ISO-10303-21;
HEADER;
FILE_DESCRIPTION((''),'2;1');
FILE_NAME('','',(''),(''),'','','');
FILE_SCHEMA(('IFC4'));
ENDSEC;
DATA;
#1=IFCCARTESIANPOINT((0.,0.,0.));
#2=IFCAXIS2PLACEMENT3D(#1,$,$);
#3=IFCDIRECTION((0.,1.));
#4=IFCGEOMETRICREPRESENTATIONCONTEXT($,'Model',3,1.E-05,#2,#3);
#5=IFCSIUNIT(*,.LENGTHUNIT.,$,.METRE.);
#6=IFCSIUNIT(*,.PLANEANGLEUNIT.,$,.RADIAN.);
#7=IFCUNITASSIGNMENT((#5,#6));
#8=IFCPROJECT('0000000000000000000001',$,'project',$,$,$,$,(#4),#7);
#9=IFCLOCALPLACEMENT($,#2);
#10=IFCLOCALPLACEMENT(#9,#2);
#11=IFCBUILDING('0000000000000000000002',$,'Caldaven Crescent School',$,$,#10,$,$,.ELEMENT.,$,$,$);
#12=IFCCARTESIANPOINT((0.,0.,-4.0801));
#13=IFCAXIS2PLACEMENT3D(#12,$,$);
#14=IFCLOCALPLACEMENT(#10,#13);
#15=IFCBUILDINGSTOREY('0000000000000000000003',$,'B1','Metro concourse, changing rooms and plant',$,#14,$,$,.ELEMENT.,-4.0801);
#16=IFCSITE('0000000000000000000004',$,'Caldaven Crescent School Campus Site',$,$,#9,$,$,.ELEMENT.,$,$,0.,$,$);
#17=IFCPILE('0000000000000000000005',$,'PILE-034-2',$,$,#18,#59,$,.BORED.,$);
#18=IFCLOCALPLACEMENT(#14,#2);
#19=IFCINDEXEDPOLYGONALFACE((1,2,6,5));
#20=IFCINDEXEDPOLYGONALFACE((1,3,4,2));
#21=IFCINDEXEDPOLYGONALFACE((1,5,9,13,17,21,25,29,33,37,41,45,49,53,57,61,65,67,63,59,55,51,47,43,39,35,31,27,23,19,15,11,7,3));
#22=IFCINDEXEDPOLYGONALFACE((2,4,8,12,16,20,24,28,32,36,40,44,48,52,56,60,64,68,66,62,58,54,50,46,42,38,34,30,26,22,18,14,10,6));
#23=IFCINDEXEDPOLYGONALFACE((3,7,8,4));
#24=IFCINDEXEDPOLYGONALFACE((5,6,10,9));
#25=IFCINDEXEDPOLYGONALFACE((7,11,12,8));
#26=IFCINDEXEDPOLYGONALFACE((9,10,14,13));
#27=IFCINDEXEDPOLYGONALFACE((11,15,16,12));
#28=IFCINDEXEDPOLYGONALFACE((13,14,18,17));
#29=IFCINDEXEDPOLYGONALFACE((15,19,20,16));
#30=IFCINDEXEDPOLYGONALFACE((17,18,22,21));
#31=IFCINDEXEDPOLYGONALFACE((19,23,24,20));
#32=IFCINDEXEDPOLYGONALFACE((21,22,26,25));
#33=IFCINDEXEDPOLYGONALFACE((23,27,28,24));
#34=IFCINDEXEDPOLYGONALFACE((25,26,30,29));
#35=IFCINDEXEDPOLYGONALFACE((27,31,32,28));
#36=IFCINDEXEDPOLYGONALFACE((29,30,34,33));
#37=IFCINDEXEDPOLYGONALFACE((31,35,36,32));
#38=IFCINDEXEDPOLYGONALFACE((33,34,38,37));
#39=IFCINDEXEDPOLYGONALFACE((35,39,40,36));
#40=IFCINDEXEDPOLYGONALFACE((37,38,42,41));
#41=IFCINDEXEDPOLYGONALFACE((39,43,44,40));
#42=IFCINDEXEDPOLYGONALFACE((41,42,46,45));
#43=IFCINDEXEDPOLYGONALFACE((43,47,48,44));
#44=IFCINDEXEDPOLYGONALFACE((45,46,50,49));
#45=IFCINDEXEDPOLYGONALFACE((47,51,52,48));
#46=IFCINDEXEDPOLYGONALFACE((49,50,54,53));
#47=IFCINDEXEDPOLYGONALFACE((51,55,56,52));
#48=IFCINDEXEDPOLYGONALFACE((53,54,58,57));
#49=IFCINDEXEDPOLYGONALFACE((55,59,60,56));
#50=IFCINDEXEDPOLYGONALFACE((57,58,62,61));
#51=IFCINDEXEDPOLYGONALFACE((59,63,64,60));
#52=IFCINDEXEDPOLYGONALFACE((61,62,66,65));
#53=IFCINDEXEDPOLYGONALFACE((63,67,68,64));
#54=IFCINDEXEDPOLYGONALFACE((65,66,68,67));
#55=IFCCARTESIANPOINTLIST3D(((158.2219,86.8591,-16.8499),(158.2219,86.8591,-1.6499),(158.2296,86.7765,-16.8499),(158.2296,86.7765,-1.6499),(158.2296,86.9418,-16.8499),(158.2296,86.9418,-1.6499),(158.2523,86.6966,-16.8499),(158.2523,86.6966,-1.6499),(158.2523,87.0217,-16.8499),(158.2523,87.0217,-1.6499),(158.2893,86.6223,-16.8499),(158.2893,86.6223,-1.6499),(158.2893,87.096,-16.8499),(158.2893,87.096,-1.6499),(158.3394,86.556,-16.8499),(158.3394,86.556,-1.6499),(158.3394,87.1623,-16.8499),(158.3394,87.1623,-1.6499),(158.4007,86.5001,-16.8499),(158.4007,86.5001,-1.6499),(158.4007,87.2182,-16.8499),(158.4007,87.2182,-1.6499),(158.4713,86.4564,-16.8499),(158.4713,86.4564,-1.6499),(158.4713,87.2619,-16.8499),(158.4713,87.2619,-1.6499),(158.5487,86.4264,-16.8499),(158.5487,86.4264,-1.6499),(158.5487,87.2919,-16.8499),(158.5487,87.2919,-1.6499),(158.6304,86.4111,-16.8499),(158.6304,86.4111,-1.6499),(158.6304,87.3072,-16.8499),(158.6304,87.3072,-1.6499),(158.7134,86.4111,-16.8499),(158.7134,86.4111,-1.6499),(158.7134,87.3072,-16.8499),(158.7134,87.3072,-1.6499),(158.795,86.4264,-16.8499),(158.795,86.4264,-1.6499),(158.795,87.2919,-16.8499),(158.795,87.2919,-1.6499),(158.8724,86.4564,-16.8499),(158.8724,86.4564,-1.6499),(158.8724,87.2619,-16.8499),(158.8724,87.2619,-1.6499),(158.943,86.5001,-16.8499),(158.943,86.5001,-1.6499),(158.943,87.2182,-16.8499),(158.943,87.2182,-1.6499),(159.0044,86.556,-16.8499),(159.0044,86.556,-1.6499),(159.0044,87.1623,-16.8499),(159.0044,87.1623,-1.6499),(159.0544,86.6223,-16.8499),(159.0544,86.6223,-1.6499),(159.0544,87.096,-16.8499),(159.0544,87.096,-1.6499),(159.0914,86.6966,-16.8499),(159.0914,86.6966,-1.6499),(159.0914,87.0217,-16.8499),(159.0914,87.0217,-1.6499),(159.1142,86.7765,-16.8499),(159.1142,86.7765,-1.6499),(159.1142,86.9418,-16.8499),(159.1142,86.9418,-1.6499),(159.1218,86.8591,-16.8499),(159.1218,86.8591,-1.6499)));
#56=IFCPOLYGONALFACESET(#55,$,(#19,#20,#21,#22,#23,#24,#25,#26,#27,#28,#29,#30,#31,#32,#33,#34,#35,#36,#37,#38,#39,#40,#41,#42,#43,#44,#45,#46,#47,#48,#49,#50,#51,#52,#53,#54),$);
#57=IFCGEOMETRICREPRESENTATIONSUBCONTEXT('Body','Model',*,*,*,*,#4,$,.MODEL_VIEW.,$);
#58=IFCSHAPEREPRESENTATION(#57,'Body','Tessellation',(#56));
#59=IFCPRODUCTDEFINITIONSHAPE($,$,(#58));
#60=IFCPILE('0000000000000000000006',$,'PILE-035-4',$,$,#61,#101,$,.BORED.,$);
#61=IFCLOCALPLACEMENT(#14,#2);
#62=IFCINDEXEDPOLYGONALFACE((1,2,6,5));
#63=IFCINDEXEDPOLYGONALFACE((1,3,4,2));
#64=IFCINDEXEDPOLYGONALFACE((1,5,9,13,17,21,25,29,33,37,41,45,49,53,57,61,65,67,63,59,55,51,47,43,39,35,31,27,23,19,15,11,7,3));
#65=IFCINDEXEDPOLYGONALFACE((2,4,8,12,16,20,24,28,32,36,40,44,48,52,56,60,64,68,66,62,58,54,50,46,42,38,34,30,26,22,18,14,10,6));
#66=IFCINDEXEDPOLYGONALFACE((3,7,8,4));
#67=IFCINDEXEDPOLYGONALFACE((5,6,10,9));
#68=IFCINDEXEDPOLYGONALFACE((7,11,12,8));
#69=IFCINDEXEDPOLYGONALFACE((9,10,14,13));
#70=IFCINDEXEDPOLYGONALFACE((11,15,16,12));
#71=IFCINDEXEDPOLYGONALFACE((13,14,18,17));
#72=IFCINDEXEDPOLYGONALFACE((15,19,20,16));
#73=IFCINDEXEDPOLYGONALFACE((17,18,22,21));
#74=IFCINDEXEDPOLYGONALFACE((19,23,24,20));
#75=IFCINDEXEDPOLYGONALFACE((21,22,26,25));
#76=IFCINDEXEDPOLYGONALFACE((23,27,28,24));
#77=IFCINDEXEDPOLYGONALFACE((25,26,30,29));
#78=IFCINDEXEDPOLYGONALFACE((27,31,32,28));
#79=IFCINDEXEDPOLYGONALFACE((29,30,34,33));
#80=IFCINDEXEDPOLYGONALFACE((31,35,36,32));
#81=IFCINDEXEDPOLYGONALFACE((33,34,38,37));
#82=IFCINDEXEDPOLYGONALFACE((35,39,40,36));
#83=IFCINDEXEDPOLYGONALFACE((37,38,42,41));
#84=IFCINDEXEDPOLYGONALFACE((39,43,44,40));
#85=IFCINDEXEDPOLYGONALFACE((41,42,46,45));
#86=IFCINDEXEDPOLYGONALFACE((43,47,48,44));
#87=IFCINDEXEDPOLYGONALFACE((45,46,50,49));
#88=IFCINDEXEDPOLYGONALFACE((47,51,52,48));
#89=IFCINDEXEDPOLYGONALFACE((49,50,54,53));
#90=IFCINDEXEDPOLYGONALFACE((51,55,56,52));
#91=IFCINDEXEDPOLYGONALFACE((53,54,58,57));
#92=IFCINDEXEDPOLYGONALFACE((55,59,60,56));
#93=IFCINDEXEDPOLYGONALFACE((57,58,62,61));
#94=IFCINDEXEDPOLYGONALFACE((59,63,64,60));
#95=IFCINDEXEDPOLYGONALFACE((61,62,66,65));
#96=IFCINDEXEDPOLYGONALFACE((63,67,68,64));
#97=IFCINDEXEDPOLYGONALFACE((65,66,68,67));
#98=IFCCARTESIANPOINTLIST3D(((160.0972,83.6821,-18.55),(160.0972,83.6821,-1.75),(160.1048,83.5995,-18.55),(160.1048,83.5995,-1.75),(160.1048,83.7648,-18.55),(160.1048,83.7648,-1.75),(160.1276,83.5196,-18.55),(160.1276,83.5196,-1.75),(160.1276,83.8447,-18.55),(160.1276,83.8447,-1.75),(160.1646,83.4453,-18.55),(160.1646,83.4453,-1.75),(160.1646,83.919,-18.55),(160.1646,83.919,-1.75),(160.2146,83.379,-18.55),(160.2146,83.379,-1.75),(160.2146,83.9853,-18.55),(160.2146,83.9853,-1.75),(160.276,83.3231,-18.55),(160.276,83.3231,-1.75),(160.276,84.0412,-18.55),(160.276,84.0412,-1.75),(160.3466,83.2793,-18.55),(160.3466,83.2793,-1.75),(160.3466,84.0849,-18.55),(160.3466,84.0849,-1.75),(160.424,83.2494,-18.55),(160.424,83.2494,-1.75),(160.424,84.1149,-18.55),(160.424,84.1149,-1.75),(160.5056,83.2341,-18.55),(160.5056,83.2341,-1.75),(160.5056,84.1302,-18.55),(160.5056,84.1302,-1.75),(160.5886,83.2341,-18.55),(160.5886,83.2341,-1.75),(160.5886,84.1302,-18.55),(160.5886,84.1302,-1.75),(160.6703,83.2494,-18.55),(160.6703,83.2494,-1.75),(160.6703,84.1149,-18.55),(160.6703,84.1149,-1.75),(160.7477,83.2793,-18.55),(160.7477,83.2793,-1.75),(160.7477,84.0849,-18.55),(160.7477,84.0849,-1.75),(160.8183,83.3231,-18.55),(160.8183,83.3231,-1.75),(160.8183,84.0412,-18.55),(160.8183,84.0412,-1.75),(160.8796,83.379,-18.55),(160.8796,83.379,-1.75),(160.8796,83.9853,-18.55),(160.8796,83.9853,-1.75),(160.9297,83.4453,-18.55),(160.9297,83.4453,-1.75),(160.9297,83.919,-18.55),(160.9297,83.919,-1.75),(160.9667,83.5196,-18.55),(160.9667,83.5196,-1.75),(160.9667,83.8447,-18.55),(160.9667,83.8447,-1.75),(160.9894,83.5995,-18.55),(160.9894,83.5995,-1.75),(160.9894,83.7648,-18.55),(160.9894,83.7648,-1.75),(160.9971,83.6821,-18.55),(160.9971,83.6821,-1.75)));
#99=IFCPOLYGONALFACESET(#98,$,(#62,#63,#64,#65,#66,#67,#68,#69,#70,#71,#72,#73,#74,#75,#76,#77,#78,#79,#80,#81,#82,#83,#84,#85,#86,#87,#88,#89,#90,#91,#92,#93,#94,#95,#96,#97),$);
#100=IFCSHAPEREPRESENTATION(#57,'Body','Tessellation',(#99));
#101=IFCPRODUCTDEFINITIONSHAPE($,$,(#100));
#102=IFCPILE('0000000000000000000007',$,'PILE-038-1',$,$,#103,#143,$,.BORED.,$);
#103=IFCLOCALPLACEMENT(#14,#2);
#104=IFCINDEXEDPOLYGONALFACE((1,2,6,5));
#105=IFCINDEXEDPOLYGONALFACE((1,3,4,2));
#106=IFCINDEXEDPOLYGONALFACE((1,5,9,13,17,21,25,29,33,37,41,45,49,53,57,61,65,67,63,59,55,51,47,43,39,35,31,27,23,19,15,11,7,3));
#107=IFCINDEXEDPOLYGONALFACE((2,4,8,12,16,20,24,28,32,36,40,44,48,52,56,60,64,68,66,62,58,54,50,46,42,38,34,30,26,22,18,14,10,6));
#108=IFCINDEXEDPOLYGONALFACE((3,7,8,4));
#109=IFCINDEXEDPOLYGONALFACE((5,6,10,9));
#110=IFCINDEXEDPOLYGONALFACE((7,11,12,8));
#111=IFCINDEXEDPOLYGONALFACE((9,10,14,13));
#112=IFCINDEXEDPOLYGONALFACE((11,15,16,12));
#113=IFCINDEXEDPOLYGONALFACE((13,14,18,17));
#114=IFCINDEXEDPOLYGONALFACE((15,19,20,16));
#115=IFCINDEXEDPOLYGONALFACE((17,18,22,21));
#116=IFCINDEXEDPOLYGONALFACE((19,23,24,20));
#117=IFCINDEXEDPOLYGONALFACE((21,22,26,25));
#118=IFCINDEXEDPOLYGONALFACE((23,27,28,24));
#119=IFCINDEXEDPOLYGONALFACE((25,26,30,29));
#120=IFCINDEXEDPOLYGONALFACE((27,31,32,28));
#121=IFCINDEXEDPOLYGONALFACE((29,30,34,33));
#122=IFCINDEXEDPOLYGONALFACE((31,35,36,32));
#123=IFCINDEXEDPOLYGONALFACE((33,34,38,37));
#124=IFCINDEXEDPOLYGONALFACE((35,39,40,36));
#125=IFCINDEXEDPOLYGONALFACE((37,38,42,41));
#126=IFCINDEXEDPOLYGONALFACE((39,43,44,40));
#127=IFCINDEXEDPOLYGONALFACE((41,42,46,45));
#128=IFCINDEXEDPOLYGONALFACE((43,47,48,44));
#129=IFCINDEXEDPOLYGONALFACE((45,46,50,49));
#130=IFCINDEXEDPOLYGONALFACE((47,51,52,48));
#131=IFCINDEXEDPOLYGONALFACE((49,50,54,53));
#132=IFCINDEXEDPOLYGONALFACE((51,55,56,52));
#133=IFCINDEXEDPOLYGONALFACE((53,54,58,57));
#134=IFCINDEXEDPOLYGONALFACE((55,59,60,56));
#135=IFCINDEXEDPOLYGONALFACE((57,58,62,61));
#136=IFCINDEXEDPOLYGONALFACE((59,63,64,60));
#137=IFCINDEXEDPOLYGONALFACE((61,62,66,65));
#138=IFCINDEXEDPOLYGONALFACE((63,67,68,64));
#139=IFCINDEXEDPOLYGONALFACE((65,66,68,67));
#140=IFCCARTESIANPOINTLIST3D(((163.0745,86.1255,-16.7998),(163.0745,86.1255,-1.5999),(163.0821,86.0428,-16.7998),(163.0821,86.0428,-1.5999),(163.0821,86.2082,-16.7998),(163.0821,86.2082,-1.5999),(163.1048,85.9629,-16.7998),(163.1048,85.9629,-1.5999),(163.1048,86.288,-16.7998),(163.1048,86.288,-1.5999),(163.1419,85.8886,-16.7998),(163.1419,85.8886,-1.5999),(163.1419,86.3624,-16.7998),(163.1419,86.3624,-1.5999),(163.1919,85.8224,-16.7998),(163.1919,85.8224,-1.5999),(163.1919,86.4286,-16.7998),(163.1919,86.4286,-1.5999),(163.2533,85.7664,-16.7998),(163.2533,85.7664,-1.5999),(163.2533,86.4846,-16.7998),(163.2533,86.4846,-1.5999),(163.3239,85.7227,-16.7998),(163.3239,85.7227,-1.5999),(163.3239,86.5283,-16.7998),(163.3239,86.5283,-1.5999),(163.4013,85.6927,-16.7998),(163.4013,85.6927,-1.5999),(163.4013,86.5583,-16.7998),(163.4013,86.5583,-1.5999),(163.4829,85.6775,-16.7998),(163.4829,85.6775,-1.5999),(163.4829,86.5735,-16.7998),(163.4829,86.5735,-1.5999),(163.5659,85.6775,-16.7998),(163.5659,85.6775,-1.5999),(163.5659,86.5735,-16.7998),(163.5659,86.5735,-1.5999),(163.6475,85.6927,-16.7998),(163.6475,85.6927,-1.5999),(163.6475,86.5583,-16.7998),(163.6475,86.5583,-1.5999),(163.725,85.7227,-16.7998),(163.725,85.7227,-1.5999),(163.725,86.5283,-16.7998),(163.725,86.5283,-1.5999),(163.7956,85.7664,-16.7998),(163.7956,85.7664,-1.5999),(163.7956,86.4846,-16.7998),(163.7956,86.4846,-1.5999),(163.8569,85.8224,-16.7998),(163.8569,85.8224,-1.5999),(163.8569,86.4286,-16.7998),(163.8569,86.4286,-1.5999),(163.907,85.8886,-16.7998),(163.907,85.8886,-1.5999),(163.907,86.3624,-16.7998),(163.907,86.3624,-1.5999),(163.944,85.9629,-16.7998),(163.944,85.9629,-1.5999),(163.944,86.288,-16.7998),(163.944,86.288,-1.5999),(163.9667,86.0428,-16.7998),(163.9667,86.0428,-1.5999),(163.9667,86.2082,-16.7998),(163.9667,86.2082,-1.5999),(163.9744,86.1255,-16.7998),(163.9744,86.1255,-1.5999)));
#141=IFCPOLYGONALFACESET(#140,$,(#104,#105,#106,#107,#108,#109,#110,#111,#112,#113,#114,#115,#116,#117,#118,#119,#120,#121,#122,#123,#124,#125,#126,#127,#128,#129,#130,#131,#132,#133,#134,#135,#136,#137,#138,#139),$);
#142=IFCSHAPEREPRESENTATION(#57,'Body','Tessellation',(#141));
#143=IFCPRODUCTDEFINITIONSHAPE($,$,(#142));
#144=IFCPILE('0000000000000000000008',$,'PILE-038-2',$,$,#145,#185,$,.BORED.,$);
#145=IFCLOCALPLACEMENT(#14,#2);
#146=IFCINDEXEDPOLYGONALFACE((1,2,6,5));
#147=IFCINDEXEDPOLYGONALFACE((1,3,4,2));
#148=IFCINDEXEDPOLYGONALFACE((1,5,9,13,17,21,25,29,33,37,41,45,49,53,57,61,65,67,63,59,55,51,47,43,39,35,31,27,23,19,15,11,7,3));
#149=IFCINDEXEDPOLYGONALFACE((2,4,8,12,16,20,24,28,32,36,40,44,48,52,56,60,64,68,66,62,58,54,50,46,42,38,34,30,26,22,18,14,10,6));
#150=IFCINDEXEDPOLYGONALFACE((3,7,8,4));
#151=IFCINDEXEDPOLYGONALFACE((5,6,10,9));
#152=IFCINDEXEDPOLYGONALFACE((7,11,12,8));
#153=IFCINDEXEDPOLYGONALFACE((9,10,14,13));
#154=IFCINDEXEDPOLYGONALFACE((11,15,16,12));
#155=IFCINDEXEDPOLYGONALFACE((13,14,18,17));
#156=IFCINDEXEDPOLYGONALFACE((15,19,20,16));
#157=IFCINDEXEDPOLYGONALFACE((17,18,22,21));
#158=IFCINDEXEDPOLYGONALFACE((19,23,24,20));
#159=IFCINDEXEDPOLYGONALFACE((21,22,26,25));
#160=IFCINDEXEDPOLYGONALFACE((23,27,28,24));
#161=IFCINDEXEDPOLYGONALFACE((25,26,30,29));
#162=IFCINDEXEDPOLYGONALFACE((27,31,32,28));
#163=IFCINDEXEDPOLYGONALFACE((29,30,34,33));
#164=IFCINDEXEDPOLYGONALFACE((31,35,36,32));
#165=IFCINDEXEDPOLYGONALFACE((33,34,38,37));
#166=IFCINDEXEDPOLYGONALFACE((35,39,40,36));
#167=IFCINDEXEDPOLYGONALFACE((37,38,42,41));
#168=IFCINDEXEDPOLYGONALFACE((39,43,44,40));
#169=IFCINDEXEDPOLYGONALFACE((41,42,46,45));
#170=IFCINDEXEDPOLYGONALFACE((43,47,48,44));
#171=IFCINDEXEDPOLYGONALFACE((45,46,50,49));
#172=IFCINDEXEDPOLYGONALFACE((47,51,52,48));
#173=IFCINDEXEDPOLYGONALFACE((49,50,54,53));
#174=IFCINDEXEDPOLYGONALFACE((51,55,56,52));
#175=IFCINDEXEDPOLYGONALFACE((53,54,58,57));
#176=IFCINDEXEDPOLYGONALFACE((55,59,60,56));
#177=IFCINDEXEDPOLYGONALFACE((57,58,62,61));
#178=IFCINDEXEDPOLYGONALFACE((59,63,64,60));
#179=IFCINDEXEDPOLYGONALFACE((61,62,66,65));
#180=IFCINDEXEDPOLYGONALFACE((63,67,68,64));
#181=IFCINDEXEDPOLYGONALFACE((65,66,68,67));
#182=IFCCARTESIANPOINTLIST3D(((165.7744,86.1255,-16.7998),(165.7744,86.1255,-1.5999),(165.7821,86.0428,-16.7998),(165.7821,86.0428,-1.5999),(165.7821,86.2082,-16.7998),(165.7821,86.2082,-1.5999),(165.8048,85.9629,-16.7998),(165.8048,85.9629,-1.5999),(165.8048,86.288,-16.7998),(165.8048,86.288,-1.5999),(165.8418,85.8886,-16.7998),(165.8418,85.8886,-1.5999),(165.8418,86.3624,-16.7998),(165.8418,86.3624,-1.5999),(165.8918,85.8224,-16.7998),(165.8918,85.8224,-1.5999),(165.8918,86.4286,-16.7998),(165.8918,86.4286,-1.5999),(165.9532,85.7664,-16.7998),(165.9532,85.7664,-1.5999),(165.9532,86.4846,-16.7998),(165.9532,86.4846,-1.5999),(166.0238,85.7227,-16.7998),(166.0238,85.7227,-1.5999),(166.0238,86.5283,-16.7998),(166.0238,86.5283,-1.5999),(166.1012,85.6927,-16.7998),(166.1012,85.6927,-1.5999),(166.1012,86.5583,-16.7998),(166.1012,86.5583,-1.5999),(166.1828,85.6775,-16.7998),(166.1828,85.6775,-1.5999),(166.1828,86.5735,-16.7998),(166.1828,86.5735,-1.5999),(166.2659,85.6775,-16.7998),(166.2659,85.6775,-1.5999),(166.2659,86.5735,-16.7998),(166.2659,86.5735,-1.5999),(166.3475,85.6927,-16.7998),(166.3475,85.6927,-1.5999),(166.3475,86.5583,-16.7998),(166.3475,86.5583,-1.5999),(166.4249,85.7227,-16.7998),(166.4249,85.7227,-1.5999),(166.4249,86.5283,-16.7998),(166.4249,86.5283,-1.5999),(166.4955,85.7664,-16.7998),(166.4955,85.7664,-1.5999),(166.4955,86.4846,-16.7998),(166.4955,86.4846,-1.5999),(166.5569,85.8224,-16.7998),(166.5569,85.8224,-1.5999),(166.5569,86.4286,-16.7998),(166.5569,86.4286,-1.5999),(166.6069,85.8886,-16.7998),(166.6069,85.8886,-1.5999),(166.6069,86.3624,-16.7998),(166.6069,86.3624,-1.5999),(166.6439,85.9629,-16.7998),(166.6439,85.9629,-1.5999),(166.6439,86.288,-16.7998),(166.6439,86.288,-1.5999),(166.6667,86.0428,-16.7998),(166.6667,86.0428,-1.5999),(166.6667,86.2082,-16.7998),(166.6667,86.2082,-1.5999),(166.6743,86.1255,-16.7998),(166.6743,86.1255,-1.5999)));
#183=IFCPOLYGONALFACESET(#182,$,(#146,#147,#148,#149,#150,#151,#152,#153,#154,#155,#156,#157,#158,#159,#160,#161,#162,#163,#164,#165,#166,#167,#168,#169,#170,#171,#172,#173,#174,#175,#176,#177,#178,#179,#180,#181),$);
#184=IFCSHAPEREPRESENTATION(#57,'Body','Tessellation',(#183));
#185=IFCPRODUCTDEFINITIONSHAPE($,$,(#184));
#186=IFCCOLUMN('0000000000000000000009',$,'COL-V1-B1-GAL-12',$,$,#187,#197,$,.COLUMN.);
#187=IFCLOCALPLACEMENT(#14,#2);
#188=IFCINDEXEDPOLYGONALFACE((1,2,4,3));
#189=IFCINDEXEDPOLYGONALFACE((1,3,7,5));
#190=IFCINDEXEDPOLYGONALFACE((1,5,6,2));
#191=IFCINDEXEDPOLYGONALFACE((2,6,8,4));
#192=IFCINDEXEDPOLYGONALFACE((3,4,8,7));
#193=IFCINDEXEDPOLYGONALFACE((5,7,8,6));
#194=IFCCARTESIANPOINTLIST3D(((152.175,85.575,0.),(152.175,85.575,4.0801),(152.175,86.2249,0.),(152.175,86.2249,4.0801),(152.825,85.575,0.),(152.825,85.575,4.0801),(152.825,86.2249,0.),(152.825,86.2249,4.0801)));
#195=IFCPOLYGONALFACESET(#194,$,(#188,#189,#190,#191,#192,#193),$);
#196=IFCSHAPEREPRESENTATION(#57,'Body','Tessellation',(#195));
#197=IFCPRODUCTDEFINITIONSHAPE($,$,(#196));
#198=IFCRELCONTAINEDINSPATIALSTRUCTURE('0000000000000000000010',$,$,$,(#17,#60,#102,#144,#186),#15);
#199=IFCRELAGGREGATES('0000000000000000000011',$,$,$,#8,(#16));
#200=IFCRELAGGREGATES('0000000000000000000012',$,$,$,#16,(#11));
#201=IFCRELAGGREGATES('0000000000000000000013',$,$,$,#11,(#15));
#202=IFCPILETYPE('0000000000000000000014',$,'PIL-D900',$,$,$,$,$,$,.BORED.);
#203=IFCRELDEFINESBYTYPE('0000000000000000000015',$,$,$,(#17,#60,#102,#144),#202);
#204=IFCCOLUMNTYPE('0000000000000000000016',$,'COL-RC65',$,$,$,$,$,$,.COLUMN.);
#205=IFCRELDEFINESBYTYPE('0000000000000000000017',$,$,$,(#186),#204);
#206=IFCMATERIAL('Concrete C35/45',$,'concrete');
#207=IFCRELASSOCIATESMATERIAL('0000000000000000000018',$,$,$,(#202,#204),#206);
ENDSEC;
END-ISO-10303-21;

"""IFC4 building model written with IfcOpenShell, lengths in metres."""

from ifc_helpers import new_model, si_unit, direction, frame, origin, origin_2d, place, context, subcontext, project, spatial, rectangle, circle, extrude, material, material_profile, profile_set, type_object, element, save


model = new_model("IFC4")

# Units and contexts
model_context = context("Model", 3, precision=1e-05, world=origin(), true_north=direction((0.0, 1.0)))
body_context = subcontext(model_context, "Body", "Model", "MODEL_VIEW")
ifc_project = project(units=[si_unit("LENGTHUNIT", "METRE"), si_unit("PLANEANGLEUNIT", "RADIAN")], contexts=[model_context])

# Site, building, storey
site_placement = place(None, origin())
site = spatial("IfcSite", under=ifc_project, at=site_placement, Name="Caldaven Crescent School Campus Site", CompositionType="ELEMENT", RefElevation=0.0)
building_placement = place(site_placement, origin())
building = spatial("IfcBuilding", under=site, at=building_placement, Name="Caldaven Crescent School", CompositionType="ELEMENT")
storey_placement = place(building_placement, frame((0.0, 0.0, -4.0801)))
storey = spatial("IfcBuildingStorey", under=building, at=storey_placement, Name="B1", Description="Metro concourse, changing rooms and plant", CompositionType="ELEMENT", Elevation=-4.0801)

# Shared definitions
ifc_material_1 = material(Name="Concrete C35/45", Category="concrete")

# Piles
ifc_material_profile_1 = material_profile(ifc_material_1, circle(Radius=0.45, at=origin_2d()), Name="PILE D900")
ifc_profile_set_1 = profile_set([ifc_material_profile_1], Name="Concrete C35/45")
pile_type_1 = type_object("IfcPileType", Name="PIL-D900", PredefinedType="BORED", material=ifc_profile_set_1)
for number, where, z_axis, x_axis, name in (
    (1, (158.6719, 86.8591, -1.6499), (0.0, 0.0, -1.0), (1.0, 0.0, 0.0), "PILE-034-2"),
):
    element("IfcPile", number, at=place(storey_placement, frame(where, z_axis=z_axis, x_axis=x_axis)), inside=storey, type_object=pile_type_1, Name=name, PredefinedType="BORED", context=body_context, shape_type="SweptSolid", body=[
        extrude(circle(Radius=0.45, at=origin_2d()), origin(), (0.0, 0.0, 1.0), 15.2),
    ])
pile_placement = place(storey_placement, frame((160.5471, 83.6821, -1.75), z_axis=(0.0, 0.0, -1.0), x_axis=(1.0, 0.0, 0.0)))
element("IfcPile", 2, at=pile_placement, inside=storey, type_object=pile_type_1, Name="PILE-035-4", PredefinedType="BORED", context=body_context, shape_type="SweptSolid", body=[
    extrude(circle(Radius=0.45, at=origin_2d()), origin(), (0.0, 0.0, 1.0), 16.8),
])
for number, where, z_axis, x_axis, name in (
    (3, (163.5244, 86.1255, -1.5999), (0.0, 0.0, -1.0), (1.0, 0.0, 0.0), "PILE-038-1"),
    (4, (166.2244, 86.1255, -1.5999), (0.0, 0.0, -1.0), (1.0, 0.0, 0.0), "PILE-038-2"),
):
    element("IfcPile", number, at=place(storey_placement, frame(where, z_axis=z_axis, x_axis=x_axis)), inside=storey, type_object=pile_type_1, Name=name, PredefinedType="BORED", context=body_context, shape_type="SweptSolid", body=[
        extrude(circle(Radius=0.45, at=origin_2d()), origin(), (0.0, 0.0, 1.0), 15.2),
    ])

# Column
ifc_material_profile_2 = material_profile(ifc_material_1, rectangle(XDim=0.6499, YDim=0.6499, at=origin_2d()), Name="RC 650x650")
ifc_profile_set_2 = profile_set([ifc_material_profile_2], Name="Concrete C35/45")
column_type_1 = type_object("IfcColumnType", Name="COL-RC65", PredefinedType="COLUMN", material=ifc_profile_set_2)
for number, where, z_axis, x_axis, name in (
    (5, (152.5, 85.8999, 0.0), (0.0, 0.0, 1.0), (0.0, -1.0, 0.0), "COL-V1-B1-GAL-12"),
):
    element("IfcColumn", number, at=place(storey_placement, frame(where, z_axis=z_axis, x_axis=x_axis)), inside=storey, type_object=column_type_1, Name=name, PredefinedType="COLUMN", context=body_context, shape_type="SweptSolid", body=[
        extrude(rectangle(XDim=0.6499, YDim=0.6499, at=origin_2d()), origin(), (0.0, 0.0, 1.0), 4.0801),
    ])

save(model, "model.ifc")
